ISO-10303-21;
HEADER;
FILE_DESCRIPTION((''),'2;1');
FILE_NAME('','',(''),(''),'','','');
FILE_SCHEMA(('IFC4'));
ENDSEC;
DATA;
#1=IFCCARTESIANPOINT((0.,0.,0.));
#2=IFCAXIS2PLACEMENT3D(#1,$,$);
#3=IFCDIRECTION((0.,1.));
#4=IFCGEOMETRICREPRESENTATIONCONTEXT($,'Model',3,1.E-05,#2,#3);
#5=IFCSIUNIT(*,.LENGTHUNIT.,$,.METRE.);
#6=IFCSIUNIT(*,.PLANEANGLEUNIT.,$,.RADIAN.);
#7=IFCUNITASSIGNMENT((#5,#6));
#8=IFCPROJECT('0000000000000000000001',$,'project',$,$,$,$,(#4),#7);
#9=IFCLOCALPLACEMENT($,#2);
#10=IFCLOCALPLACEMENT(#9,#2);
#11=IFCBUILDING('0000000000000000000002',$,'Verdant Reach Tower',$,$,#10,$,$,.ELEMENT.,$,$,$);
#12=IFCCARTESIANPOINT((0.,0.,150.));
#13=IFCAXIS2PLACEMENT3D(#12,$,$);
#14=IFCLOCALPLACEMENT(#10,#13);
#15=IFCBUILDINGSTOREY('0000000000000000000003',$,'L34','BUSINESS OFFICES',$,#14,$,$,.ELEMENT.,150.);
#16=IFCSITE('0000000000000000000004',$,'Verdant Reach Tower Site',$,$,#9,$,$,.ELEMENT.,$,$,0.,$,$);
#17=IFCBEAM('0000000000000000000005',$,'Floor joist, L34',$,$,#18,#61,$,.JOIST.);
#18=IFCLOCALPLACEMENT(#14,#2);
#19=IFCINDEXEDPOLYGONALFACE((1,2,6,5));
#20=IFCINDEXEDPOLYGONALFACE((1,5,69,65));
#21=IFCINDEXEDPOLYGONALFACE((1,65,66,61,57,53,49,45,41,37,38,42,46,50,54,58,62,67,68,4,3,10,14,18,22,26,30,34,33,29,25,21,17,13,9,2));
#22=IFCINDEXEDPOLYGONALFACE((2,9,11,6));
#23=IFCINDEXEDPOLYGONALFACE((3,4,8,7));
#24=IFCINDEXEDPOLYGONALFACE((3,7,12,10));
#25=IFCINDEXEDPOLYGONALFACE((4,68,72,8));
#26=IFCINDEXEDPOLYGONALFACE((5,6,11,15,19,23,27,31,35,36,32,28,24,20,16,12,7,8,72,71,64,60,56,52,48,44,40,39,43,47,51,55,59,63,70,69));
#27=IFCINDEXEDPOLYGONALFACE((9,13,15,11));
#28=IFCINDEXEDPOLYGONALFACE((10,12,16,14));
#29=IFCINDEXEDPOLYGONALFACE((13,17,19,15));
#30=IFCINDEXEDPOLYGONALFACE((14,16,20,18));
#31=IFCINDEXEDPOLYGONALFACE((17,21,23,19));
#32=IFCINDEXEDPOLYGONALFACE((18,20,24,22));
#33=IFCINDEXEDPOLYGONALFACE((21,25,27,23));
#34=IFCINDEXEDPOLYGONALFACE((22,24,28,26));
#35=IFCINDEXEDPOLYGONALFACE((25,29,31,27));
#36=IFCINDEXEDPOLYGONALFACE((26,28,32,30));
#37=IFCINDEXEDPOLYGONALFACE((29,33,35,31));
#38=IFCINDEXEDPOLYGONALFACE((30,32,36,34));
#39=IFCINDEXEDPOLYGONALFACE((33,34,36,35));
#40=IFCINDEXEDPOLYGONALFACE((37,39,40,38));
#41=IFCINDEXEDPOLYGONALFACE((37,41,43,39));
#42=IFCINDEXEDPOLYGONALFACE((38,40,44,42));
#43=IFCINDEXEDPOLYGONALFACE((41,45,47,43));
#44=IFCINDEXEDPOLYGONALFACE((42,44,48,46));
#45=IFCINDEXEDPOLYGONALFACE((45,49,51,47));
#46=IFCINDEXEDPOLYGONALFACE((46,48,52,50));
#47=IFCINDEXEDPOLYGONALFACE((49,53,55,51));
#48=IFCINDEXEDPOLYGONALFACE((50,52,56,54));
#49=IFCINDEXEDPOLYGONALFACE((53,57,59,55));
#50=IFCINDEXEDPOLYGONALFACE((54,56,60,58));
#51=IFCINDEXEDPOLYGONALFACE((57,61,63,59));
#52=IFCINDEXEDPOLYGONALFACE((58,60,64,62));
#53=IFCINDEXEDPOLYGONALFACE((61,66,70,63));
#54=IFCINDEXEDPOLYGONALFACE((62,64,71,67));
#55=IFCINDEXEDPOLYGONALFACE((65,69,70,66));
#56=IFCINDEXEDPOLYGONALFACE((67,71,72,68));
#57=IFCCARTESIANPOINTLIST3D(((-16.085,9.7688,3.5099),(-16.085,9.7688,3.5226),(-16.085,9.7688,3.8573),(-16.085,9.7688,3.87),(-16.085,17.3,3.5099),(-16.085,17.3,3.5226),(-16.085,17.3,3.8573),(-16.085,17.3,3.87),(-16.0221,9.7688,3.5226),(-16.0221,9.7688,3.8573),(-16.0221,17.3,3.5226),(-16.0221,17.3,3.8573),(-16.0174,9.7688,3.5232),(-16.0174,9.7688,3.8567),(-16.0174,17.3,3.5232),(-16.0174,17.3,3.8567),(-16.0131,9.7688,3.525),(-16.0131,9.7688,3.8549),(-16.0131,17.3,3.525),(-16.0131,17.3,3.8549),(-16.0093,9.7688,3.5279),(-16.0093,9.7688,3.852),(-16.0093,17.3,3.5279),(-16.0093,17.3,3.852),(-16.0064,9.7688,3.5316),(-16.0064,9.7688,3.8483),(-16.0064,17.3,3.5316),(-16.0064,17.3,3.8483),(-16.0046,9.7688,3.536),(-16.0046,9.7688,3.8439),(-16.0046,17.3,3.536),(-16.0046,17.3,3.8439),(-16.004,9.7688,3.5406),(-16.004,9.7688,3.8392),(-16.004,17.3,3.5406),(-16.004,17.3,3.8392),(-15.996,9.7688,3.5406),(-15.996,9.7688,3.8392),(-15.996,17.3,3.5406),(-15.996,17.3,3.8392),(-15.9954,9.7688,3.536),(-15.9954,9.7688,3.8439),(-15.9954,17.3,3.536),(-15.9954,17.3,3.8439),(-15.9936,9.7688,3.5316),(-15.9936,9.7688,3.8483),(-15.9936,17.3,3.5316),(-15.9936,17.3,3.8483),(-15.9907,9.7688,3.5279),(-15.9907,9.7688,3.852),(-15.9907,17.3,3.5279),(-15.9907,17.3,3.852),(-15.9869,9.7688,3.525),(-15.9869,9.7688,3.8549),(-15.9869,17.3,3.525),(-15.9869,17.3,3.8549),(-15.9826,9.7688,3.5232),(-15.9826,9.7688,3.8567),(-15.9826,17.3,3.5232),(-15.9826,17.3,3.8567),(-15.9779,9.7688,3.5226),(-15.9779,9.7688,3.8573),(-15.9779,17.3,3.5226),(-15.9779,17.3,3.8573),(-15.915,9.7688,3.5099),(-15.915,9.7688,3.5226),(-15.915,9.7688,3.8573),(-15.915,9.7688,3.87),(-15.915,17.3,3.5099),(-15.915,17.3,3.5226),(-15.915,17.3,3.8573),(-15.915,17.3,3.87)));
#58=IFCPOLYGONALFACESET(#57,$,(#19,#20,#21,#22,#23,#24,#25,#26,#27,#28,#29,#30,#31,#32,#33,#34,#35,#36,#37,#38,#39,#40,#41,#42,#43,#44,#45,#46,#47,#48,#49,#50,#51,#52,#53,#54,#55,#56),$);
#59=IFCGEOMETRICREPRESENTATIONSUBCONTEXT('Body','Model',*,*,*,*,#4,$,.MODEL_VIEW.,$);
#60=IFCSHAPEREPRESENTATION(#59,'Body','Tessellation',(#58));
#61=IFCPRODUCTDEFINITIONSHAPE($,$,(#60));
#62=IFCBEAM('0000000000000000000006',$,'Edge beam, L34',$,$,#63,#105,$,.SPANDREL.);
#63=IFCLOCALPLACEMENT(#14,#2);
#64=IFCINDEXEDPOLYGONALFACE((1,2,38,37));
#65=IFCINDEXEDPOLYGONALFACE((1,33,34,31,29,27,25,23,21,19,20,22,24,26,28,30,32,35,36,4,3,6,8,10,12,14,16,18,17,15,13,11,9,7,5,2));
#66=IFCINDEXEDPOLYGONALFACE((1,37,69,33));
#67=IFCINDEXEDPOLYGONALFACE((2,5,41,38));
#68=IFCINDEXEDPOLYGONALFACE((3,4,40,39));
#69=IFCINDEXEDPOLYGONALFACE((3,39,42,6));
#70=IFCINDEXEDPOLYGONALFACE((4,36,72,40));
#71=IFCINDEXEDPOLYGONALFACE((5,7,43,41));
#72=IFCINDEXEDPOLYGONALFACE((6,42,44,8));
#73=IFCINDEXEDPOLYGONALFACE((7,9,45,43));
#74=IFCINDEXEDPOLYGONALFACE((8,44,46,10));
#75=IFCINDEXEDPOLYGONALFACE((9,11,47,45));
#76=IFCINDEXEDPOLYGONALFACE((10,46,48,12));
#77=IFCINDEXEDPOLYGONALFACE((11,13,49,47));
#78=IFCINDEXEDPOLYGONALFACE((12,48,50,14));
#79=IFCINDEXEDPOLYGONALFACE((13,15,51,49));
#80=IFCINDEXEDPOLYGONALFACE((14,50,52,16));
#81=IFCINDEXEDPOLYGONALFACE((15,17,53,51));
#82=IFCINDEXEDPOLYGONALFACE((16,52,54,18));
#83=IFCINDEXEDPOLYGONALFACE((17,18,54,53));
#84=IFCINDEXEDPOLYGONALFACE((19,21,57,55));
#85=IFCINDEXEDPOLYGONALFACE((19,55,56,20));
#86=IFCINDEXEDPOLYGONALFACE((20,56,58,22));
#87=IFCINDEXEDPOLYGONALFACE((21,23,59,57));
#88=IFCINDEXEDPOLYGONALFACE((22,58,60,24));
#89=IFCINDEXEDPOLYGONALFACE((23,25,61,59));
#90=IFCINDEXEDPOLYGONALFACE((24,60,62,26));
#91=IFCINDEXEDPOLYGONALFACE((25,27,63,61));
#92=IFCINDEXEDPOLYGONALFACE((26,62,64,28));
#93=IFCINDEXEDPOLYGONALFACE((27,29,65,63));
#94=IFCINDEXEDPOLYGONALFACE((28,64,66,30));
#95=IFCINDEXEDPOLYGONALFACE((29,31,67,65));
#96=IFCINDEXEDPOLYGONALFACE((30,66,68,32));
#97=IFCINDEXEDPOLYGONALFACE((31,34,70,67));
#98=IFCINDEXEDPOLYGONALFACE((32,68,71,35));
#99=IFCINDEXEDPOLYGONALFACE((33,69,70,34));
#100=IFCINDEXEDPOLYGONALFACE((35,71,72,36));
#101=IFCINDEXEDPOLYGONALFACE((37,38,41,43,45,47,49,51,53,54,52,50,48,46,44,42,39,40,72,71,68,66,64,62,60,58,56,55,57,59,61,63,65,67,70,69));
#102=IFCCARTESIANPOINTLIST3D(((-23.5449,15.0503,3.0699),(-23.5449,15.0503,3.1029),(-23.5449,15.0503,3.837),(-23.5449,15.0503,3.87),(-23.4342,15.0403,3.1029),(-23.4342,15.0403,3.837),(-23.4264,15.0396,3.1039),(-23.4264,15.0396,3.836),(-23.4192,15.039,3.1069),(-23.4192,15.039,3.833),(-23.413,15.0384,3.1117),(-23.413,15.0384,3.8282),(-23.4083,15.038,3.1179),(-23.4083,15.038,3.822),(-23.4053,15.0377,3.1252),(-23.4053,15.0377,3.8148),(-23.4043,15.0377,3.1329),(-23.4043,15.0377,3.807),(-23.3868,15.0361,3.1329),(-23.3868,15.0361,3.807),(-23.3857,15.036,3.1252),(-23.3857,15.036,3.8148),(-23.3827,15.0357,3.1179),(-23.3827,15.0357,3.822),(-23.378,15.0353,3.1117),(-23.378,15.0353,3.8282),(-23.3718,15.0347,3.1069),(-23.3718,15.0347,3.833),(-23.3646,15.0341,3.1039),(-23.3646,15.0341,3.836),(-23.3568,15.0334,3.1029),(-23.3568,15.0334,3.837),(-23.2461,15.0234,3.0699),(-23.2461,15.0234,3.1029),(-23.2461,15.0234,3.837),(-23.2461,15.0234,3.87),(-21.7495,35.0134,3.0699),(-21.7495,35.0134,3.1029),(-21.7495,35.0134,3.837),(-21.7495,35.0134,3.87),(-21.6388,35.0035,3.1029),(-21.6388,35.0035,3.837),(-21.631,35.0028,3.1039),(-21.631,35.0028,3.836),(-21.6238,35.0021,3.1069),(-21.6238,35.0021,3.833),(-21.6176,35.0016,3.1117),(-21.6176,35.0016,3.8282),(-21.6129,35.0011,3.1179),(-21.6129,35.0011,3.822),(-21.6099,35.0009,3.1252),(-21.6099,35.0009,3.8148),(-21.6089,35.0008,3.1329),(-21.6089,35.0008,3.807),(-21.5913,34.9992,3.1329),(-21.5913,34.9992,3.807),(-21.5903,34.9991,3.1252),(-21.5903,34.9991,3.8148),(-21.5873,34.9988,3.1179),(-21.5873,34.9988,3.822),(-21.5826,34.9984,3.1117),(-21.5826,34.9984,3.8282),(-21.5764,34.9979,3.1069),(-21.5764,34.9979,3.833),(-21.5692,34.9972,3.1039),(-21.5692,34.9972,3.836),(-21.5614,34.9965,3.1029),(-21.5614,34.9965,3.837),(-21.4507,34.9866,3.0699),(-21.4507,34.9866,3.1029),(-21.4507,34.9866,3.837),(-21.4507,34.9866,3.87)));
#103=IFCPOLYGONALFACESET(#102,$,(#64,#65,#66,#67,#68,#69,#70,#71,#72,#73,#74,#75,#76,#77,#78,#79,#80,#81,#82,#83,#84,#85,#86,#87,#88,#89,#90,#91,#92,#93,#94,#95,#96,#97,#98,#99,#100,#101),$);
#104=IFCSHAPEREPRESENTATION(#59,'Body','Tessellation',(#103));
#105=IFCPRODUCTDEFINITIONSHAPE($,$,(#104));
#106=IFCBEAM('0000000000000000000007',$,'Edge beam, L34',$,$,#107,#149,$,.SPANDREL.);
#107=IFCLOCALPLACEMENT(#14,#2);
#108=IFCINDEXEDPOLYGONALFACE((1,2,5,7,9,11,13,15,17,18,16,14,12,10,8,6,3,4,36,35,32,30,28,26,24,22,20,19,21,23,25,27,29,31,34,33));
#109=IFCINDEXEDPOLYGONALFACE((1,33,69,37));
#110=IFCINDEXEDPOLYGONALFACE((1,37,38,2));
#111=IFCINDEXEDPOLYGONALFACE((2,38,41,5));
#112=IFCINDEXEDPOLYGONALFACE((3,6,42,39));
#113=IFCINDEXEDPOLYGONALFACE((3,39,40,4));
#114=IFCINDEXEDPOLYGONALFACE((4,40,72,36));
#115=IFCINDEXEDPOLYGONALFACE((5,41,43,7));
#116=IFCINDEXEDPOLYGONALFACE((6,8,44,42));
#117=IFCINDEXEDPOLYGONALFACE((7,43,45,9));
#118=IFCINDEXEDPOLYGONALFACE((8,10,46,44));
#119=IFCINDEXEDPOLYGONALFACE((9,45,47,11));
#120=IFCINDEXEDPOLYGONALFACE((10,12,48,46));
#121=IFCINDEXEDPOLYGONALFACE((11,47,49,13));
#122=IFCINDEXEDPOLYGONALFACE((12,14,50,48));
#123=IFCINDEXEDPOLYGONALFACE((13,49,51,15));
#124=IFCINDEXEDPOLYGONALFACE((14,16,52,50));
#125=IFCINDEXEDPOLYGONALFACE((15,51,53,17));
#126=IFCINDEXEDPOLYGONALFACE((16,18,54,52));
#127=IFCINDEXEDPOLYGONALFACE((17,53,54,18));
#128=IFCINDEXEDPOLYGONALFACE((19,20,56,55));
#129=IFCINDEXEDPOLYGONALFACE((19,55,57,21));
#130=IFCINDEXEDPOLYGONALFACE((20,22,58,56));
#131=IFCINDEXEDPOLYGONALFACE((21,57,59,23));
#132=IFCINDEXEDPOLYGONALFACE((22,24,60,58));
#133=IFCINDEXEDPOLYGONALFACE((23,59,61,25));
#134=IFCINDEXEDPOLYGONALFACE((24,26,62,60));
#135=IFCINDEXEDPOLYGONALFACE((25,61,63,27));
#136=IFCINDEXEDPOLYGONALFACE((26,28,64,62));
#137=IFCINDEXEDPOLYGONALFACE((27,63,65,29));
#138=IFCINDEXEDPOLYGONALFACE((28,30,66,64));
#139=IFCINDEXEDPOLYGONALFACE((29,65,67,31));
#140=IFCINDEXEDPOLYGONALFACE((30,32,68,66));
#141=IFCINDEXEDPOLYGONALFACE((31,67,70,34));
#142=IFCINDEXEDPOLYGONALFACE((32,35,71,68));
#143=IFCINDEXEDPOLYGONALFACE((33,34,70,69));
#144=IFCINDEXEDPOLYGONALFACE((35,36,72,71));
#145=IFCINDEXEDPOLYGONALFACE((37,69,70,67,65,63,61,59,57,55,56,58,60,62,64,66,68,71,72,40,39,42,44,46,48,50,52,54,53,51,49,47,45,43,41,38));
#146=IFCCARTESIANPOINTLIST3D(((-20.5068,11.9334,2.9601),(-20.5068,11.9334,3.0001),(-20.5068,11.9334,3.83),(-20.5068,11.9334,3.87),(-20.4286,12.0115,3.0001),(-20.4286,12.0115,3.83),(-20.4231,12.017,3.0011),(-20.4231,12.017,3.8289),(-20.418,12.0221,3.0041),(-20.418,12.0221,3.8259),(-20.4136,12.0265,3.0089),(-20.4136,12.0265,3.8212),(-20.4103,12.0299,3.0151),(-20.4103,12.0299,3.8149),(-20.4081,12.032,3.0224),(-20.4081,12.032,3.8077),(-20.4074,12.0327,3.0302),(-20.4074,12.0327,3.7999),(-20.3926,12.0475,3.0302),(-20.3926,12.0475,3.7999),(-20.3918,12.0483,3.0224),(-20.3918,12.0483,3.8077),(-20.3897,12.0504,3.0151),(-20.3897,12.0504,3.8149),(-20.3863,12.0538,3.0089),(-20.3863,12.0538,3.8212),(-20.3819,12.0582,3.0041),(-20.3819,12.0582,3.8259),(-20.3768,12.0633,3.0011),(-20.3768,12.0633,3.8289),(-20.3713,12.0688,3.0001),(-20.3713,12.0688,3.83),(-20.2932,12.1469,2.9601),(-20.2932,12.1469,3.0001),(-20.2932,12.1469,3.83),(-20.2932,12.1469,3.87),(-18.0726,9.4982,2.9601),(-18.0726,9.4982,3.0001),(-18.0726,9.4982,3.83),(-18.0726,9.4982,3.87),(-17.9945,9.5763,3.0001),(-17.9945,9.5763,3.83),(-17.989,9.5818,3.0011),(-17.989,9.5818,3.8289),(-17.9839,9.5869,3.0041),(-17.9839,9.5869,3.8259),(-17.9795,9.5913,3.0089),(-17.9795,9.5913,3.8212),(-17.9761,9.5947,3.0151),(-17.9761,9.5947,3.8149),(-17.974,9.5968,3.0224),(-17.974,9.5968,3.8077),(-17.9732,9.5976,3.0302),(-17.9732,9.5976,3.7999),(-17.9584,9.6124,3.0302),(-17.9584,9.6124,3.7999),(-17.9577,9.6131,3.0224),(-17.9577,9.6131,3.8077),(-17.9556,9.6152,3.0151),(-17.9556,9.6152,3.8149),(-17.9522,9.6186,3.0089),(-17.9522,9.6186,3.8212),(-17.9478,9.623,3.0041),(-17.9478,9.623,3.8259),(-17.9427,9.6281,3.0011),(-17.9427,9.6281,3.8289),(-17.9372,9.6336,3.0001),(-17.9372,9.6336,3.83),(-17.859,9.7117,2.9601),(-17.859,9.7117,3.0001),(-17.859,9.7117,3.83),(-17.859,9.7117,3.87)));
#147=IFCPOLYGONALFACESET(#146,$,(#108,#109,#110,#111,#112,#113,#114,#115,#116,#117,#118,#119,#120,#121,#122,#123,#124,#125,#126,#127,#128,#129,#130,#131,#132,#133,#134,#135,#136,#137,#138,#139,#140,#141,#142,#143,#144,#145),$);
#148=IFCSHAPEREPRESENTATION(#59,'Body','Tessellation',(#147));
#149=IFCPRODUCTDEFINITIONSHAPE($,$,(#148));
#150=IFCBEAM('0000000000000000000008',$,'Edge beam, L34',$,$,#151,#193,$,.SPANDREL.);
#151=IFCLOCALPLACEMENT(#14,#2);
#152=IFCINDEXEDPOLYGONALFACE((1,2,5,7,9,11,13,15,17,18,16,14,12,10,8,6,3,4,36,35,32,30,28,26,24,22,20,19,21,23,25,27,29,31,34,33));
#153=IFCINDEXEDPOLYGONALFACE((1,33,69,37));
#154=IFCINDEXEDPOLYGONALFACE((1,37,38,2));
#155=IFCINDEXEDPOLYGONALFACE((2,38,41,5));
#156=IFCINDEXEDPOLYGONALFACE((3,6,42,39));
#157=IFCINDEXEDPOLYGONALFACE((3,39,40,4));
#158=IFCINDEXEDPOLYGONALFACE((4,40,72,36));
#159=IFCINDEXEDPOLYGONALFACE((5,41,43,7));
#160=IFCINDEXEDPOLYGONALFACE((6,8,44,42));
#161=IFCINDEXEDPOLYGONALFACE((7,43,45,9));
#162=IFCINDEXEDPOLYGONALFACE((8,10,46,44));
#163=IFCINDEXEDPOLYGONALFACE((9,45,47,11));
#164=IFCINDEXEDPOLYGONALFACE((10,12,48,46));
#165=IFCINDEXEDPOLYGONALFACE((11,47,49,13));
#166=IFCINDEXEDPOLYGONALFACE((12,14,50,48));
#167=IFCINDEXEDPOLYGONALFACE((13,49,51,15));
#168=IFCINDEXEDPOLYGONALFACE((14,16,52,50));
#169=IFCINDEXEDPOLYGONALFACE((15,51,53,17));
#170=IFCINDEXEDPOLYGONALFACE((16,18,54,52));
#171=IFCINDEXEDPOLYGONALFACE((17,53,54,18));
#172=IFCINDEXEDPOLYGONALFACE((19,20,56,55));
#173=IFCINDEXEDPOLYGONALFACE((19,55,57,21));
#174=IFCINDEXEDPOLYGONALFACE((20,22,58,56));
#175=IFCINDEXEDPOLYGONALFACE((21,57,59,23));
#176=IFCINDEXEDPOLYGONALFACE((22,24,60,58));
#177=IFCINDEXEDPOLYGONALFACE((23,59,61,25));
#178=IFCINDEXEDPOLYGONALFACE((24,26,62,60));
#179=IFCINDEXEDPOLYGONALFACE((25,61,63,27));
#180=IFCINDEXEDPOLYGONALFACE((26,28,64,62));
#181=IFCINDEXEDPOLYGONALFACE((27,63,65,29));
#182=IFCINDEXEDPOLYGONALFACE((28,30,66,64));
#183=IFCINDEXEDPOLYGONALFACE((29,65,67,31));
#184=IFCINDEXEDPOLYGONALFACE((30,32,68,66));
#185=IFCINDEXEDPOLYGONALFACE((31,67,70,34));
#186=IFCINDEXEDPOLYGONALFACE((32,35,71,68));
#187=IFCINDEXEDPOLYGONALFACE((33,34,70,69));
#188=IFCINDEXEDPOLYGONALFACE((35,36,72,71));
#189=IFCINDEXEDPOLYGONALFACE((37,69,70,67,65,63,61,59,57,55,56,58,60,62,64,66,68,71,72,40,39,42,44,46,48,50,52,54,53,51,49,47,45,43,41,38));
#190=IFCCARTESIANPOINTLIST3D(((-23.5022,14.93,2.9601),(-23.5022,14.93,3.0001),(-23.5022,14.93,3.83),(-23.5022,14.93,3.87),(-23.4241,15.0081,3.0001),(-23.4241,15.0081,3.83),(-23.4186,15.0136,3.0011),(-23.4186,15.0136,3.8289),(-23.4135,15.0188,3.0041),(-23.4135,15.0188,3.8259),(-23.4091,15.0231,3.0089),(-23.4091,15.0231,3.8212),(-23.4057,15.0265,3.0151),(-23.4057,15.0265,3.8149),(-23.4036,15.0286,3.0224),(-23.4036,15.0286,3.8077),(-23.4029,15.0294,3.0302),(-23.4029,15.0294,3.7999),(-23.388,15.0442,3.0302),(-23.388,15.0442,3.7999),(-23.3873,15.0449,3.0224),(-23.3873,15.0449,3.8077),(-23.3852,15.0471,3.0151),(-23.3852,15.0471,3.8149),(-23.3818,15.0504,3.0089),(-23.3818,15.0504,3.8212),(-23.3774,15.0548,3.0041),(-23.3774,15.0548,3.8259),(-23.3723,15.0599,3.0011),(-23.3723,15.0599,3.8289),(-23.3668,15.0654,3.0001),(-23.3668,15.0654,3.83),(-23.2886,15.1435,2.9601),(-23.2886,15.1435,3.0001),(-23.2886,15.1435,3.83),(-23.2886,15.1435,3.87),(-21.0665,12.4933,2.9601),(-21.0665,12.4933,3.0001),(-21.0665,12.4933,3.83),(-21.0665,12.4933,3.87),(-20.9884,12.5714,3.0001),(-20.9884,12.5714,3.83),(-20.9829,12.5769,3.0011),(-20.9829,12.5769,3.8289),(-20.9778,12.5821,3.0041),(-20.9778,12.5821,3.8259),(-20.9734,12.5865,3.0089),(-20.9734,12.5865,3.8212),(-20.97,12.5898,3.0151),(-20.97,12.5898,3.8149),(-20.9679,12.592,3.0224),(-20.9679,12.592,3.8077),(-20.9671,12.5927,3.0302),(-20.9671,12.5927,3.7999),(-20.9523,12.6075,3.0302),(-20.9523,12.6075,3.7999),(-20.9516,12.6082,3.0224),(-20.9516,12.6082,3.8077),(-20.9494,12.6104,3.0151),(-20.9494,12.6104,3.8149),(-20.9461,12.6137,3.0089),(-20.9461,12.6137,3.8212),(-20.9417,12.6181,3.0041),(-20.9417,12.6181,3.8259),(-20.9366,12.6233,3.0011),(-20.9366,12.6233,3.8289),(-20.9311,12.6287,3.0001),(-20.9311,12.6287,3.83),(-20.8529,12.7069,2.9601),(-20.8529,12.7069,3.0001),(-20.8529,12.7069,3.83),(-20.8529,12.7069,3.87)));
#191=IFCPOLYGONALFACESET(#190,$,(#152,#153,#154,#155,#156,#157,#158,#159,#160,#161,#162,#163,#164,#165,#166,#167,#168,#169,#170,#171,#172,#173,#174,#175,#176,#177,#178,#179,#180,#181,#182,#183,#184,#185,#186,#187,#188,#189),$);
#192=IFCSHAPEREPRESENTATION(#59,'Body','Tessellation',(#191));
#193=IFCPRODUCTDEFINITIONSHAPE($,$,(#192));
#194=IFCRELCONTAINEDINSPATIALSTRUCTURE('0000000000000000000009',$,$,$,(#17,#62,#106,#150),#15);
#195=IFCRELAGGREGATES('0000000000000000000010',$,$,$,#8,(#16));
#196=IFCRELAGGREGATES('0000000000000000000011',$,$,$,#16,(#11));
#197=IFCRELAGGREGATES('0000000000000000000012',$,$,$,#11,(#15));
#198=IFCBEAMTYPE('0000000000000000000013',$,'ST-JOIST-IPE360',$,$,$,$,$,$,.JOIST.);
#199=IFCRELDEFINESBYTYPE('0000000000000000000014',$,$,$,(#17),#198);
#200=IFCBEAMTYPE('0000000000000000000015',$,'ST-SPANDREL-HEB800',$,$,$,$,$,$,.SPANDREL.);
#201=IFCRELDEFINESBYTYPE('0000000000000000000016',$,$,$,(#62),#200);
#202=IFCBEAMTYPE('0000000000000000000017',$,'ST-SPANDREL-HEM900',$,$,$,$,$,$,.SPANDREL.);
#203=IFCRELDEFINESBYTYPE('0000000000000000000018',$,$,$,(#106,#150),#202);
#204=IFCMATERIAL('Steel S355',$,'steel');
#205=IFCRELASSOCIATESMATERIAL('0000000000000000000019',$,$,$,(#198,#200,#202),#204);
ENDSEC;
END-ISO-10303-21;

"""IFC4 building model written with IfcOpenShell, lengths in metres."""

from ifc_helpers import new_model, si_unit, direction, frame, origin, origin_2d, place, context, subcontext, project, spatial, i_section, extrude, material, material_profile, profile_set, type_object, element, save


model = new_model("IFC4")

# Units and contexts
model_context = context("Model", 3, precision=1e-05, world=origin(), true_north=direction((0.0, 1.0)))
body_context = subcontext(model_context, "Body", "Model", "MODEL_VIEW")
ifc_project = project(units=[si_unit("LENGTHUNIT", "METRE"), si_unit("PLANEANGLEUNIT", "RADIAN")], contexts=[model_context])

# Site, building, storey
site_placement = place(None, origin())
site = spatial("IfcSite", under=ifc_project, at=site_placement, Name="Verdant Reach Tower Site", CompositionType="ELEMENT", RefElevation=0.0)
building_placement = place(site_placement, origin())
building = spatial("IfcBuilding", under=site, at=building_placement, Name="Verdant Reach Tower", CompositionType="ELEMENT")
storey_placement = place(building_placement, frame((0.0, 0.0, 150.0)))
storey = spatial("IfcBuildingStorey", under=building, at=storey_placement, Name="L34", Description="BUSINESS OFFICES", CompositionType="ELEMENT", Elevation=150.0)

# Beams
ifc_material_1 = material(Name="Steel S355", Category="steel")
ifc_material_profile_1 = material_profile(ifc_material_1, i_section(OverallWidth=0.1699, OverallDepth=0.3601, WebThickness=0.0081, FlangeThickness=0.0127, FilletRadius=0.0181, at=origin_2d()), Name="IPE 360")
ifc_profile_set_1 = profile_set([ifc_material_profile_1], Name="Steel S355")
beam_type_1 = type_object("IfcBeamType", Name="ST-JOIST-IPE360", PredefinedType="JOIST", material=ifc_profile_set_1)
beam_1_placement = place(storey_placement, frame((-16.0, 17.3, 3.6899), z_axis=(0.0, -1.0, 0.0), x_axis=(1.0, 0.0, 0.0)))
element("IfcBeam", 1, at=beam_1_placement, inside=storey, type_object=beam_type_1, Name="Floor joist, L34", PredefinedType="JOIST", context=body_context, shape_type="SweptSolid", body=[
    extrude(i_section(OverallWidth=0.1699, OverallDepth=0.3601, WebThickness=0.0081, FlangeThickness=0.0127, FilletRadius=0.0181, at=origin_2d()), origin(), (0.0, 0.0, 1.0), 7.5312),
])
ifc_material_profile_2 = material_profile(ifc_material_1, i_section(OverallWidth=0.3, OverallDepth=0.8, WebThickness=0.0176, FlangeThickness=0.033, FilletRadius=0.03, at=origin_2d()), Name="HEB 800")
ifc_profile_set_2 = profile_set([ifc_material_profile_2], Name="Steel S355")
beam_type_2 = type_object("IfcBeamType", Name="ST-SPANDREL-HEB800", PredefinedType="SPANDREL", material=ifc_profile_set_2)
beam_2_placement = place(storey_placement, frame((-23.3955, 15.0369, 3.47), z_axis=(0.089575, 0.99598, 0.0), x_axis=(-0.99598, 0.089575, 0.0)))
element("IfcBeam", 2, at=beam_2_placement, inside=storey, type_object=beam_type_2, Name="Edge beam, L34", PredefinedType="SPANDREL", context=body_context, shape_type="SweptSolid", body=[
    extrude(i_section(OverallWidth=0.3, OverallDepth=0.8, WebThickness=0.0176, FlangeThickness=0.033, FilletRadius=0.03, at=origin_2d()), origin(), (0.0, 0.0, 1.0), 20.0437),
])
ifc_material_profile_3 = material_profile(ifc_material_1, i_section(OverallWidth=0.302, OverallDepth=0.9099, WebThickness=0.021, FlangeThickness=0.04, FilletRadius=0.03, at=origin_2d()), Name="HEM 900")
ifc_profile_set_3 = profile_set([ifc_material_profile_3], Name="Steel S355")
beam_type_3 = type_object("IfcBeamType", Name="ST-SPANDREL-HEM900", PredefinedType="SPANDREL", material=ifc_profile_set_3)
beam_3_placement = place(storey_placement, frame((-17.9658, 9.605, 3.415), z_axis=(-0.706965, 0.707249, 0.0), x_axis=(-0.707249, -0.706965, 0.0)))
element("IfcBeam", 3, at=beam_3_placement, inside=storey, type_object=beam_type_3, Name="Edge beam, L34", PredefinedType="SPANDREL", context=body_context, shape_type="SweptSolid", body=[
    extrude(i_section(OverallWidth=0.302, OverallDepth=0.9099, WebThickness=0.021, FlangeThickness=0.04, FilletRadius=0.03, at=origin_2d()), origin(), (0.0, 0.0, 1.0), 3.4431),
])
beam_4_placement = place(storey_placement, frame((-20.9597, 12.6001, 3.415), z_axis=(-0.706965, 0.707248, 0.0), x_axis=(-0.707248, -0.706965, 0.0)))
element("IfcBeam", 4, at=beam_4_placement, inside=storey, type_object=beam_type_3, Name="Edge beam, L34", PredefinedType="SPANDREL", context=body_context, shape_type="SweptSolid", body=[
    extrude(i_section(OverallWidth=0.302, OverallDepth=0.9099, WebThickness=0.021, FlangeThickness=0.04, FilletRadius=0.03, at=origin_2d()), origin(), (0.0, 0.0, 1.0), 3.4453),
])

save(model, "model.ifc")
